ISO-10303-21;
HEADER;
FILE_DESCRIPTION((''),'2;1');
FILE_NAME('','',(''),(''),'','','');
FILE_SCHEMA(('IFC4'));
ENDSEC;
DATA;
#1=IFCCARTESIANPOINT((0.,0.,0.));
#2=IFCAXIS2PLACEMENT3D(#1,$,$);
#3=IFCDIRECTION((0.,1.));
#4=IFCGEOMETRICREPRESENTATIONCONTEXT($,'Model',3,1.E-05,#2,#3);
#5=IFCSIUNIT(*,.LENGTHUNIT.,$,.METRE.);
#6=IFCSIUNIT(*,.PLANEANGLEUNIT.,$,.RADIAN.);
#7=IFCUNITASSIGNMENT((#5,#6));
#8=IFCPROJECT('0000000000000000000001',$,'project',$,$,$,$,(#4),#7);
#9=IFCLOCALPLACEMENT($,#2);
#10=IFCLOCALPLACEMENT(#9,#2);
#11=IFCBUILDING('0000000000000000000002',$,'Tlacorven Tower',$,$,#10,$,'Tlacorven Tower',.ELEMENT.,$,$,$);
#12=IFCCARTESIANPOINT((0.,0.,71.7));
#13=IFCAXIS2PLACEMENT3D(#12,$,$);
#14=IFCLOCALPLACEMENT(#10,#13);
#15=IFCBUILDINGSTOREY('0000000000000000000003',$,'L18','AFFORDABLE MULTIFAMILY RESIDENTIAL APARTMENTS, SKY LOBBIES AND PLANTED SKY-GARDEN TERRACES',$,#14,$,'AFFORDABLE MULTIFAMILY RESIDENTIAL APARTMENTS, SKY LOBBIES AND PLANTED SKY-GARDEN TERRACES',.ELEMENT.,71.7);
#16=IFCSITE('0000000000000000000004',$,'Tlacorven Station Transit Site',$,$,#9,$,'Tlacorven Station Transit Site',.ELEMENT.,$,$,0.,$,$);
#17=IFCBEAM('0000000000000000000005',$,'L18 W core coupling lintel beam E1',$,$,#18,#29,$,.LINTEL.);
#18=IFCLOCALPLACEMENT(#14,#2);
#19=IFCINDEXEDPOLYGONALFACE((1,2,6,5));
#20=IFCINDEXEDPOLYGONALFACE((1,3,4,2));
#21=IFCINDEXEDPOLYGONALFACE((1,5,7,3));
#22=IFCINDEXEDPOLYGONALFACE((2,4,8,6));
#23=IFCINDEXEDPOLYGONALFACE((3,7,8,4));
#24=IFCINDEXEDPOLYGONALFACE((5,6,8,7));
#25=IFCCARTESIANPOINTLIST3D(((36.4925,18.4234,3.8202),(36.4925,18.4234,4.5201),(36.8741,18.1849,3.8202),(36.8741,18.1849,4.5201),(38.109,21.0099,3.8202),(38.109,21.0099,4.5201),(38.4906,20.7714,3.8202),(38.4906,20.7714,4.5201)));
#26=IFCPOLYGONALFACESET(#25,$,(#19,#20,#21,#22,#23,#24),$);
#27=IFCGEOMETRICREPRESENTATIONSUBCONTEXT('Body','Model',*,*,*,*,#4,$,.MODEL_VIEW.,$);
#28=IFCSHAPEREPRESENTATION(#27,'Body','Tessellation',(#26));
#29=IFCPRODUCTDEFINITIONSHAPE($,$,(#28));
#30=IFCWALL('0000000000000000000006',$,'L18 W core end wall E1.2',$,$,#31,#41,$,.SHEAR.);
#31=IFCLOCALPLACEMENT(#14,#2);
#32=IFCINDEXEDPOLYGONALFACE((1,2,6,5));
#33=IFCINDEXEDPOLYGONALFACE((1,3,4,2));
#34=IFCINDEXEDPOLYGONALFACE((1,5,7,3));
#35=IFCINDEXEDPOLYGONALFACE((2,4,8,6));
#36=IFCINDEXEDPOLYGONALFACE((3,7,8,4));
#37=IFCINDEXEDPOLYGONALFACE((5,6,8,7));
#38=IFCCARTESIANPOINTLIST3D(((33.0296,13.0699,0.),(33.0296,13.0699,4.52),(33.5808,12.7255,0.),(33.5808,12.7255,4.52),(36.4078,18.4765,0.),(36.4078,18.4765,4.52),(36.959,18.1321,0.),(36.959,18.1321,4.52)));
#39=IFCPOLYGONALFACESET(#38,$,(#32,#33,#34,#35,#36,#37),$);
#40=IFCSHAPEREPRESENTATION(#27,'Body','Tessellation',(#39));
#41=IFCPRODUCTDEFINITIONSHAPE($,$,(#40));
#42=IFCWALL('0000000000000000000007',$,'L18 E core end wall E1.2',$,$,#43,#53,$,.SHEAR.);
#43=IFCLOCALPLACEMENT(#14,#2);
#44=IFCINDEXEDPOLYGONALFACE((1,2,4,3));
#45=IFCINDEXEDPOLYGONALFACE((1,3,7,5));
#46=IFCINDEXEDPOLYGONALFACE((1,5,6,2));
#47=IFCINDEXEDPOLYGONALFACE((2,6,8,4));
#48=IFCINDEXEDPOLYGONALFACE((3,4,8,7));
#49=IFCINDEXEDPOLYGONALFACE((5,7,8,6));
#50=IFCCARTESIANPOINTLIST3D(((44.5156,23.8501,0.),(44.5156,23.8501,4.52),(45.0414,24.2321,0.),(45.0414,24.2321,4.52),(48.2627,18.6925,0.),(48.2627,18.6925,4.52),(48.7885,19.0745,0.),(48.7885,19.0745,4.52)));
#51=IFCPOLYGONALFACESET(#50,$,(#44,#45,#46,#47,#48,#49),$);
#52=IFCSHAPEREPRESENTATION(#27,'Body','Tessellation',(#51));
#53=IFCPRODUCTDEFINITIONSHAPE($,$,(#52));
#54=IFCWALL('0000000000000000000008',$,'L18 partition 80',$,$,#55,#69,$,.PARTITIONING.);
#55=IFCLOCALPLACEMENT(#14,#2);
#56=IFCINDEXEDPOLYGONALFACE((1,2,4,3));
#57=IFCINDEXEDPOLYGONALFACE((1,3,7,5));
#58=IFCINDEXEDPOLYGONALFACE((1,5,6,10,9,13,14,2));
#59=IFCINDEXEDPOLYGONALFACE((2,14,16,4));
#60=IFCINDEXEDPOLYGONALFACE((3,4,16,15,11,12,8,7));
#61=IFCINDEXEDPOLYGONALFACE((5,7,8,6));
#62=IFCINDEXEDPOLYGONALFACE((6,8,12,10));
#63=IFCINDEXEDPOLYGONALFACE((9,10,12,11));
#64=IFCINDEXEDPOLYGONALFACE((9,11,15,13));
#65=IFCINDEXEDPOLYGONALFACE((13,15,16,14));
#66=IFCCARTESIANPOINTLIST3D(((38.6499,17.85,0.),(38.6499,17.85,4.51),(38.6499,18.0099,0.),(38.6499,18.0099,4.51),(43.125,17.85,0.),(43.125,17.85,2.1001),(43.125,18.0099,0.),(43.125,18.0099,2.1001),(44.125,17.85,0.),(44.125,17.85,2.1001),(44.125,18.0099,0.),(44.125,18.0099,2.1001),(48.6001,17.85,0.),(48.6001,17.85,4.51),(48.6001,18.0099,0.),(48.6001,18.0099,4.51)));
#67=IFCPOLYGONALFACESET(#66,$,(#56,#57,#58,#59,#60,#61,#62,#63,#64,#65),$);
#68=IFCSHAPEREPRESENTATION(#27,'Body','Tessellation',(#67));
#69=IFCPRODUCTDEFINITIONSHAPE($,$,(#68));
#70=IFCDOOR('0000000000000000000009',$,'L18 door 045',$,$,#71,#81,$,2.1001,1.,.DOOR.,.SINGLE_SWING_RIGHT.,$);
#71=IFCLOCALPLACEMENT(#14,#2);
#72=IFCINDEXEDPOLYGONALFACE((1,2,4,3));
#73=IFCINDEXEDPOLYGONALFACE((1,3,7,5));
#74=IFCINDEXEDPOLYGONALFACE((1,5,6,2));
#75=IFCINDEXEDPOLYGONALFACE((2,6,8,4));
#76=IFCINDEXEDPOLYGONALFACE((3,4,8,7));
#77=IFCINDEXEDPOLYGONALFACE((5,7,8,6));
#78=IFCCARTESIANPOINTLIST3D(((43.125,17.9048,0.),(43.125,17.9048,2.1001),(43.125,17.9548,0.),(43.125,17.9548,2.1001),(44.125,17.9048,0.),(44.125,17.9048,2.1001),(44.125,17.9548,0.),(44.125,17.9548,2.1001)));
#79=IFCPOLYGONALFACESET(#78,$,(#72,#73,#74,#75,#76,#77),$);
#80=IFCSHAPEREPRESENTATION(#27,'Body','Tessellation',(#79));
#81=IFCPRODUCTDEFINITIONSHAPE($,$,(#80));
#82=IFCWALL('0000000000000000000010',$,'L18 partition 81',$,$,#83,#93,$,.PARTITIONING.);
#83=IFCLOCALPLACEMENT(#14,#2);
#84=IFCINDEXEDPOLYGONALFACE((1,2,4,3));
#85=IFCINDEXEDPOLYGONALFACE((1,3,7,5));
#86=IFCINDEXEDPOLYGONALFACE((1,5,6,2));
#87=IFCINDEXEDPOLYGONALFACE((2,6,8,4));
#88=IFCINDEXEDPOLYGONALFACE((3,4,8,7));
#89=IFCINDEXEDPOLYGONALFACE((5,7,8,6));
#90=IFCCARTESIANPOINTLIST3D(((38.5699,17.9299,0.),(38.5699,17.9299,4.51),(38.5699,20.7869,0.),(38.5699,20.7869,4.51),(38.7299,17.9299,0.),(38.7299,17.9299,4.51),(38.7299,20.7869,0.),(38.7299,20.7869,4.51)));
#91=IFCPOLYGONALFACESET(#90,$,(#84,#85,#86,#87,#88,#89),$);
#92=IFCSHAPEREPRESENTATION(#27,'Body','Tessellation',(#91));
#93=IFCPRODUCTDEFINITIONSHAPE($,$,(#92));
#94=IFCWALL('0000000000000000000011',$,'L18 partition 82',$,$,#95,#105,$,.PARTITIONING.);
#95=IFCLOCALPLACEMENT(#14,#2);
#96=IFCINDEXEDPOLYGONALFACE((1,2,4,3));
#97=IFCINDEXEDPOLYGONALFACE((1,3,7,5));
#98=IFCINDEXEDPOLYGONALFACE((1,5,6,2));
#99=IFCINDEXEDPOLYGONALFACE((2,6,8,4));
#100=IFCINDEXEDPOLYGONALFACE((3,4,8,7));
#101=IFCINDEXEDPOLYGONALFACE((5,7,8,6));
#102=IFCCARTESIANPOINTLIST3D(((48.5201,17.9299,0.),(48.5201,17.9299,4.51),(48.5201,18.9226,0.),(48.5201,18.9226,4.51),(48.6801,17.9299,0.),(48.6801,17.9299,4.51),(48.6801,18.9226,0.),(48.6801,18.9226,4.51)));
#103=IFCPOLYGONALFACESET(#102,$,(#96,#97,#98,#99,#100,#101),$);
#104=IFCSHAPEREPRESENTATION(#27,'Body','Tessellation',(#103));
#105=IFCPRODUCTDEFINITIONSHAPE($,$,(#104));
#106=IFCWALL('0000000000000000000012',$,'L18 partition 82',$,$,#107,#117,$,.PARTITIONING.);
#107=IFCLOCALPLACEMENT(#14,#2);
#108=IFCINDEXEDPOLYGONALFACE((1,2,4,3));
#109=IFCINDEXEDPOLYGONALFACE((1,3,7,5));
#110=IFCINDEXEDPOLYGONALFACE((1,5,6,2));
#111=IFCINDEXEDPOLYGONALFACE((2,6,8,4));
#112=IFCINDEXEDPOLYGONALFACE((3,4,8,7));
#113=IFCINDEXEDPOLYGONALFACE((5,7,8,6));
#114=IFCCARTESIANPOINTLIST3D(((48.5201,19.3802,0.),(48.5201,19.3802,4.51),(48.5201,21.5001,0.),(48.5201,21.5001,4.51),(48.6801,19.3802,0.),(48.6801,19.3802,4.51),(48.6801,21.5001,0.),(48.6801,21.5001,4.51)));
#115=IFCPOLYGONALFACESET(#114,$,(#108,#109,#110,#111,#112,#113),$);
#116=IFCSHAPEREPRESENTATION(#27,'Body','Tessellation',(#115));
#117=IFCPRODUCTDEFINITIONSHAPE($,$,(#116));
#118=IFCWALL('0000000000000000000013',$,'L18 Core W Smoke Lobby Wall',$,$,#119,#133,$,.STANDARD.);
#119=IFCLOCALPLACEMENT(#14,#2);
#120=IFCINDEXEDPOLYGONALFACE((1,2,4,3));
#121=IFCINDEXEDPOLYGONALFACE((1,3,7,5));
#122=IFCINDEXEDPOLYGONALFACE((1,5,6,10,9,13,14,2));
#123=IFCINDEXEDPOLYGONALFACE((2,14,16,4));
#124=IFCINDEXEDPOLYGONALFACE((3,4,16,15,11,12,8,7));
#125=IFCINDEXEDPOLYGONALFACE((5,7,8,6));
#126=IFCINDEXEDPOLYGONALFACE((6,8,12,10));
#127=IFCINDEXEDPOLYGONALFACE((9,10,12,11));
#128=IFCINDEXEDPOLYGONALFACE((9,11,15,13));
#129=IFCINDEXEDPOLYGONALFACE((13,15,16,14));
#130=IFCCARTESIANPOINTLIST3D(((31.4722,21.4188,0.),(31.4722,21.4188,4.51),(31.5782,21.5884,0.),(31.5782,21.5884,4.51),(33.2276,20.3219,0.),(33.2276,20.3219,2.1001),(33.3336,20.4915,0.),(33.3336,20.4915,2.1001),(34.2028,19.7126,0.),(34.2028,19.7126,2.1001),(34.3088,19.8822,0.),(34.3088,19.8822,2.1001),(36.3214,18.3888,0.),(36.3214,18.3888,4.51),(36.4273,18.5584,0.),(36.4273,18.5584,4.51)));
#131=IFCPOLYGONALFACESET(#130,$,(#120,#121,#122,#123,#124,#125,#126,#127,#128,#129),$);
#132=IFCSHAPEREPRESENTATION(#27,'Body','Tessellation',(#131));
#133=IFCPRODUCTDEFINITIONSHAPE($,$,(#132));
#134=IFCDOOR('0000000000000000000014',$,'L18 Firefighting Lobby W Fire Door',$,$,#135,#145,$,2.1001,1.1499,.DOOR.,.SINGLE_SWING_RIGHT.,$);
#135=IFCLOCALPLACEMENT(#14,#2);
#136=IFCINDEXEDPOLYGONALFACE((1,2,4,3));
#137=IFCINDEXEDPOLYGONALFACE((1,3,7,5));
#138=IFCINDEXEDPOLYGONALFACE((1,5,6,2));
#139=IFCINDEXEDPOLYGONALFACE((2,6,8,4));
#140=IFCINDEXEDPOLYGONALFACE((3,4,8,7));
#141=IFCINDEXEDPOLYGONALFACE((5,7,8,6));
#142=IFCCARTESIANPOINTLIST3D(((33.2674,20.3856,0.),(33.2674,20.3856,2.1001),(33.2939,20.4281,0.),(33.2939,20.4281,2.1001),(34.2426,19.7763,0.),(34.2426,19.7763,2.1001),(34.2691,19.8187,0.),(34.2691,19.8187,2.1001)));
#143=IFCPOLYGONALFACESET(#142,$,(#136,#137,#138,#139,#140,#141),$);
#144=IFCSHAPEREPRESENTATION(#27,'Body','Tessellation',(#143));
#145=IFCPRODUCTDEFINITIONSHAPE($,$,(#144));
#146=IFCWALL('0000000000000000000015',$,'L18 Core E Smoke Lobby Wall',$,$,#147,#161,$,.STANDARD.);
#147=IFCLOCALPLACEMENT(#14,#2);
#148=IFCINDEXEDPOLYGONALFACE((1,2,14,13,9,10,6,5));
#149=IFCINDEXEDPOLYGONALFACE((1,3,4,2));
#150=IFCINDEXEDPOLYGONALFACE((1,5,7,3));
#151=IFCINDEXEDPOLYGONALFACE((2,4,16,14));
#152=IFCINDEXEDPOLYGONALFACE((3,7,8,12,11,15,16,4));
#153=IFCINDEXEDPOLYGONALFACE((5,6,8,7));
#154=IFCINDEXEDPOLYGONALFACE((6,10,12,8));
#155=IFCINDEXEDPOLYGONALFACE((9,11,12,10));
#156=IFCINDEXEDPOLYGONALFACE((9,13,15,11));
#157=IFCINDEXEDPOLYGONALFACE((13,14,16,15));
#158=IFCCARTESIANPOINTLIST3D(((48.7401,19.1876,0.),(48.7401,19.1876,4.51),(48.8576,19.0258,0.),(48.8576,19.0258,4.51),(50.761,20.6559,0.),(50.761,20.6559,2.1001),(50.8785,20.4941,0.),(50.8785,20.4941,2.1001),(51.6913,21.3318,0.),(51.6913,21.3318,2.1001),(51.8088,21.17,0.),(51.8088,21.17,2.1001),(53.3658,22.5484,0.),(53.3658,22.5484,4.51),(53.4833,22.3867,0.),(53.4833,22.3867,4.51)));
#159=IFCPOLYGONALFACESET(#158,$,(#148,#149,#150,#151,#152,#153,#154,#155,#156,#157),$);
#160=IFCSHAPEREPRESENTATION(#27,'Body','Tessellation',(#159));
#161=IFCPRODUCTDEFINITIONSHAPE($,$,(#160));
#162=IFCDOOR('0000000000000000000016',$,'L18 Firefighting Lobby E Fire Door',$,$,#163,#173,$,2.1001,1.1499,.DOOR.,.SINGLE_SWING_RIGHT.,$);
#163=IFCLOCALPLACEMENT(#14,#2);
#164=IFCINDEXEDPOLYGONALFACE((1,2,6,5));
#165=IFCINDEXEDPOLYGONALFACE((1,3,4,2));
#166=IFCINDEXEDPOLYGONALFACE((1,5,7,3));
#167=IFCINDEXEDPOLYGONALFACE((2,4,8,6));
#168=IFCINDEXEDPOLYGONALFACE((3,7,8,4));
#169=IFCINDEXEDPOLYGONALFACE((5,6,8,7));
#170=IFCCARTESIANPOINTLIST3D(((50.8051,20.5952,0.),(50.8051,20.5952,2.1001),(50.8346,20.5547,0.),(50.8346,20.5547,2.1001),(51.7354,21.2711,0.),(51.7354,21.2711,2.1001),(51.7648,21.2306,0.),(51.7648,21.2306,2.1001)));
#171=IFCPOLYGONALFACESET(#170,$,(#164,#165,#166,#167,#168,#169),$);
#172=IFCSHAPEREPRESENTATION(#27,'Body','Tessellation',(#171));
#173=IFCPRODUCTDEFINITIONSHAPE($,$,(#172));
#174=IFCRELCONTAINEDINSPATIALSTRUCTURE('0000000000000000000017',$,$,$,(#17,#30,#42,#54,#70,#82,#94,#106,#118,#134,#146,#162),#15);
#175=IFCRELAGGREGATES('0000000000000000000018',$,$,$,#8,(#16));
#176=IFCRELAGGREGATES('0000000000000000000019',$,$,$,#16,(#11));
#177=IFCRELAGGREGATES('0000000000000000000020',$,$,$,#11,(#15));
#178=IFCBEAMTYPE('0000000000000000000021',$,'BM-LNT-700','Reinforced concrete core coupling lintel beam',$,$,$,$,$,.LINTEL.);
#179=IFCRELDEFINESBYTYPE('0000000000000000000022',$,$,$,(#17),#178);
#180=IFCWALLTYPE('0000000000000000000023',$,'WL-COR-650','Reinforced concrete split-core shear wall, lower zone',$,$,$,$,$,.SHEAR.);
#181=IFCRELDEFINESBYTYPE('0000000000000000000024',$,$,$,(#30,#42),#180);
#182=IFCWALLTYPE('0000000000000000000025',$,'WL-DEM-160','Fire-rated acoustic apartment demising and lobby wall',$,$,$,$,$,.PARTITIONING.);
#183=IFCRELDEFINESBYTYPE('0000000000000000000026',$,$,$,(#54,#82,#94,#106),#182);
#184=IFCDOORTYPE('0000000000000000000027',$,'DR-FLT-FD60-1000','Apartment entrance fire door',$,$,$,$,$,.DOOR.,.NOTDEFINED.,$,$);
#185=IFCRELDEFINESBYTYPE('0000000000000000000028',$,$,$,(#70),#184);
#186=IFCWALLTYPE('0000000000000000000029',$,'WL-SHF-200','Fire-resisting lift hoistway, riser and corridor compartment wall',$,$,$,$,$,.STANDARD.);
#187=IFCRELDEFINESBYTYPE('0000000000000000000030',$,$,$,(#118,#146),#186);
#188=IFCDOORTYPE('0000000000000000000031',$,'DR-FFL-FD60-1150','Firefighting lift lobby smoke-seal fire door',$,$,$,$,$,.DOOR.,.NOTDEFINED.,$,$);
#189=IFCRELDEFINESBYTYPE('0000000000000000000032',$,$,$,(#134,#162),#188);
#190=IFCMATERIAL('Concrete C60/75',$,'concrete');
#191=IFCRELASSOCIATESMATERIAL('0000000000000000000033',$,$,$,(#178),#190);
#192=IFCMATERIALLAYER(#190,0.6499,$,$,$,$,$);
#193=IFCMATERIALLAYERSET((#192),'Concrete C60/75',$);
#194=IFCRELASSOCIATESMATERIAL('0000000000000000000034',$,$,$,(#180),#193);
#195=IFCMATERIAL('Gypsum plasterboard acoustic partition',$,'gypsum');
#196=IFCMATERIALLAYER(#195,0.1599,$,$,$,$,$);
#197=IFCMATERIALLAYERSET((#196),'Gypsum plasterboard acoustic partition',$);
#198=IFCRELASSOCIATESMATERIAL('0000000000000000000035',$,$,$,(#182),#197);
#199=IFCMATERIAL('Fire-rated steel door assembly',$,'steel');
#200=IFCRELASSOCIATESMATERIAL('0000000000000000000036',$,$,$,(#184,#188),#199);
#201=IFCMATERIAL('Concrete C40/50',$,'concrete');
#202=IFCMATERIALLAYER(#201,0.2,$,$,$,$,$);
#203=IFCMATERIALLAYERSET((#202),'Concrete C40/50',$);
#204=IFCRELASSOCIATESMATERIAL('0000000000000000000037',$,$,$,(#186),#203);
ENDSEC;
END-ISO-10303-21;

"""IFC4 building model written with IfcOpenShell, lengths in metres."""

from ifc_helpers import new_model, si_unit, direction, frame, frame_2d, origin, origin_2d, place, context, subcontext, project, spatial, rectangle, extrude, source, transform, mapped, material, layer, layer_set, material_profile, profile_set, type_object, element, fill, save


model = new_model("IFC4")

# Units and contexts
model_context = context("Model", 3, precision=1e-05, world=origin(), true_north=direction((0.0, 1.0)))
body_context = subcontext(model_context, "Body", "Model", "MODEL_VIEW")
ifc_project = project(units=[si_unit("LENGTHUNIT", "METRE"), si_unit("PLANEANGLEUNIT", "RADIAN")], contexts=[model_context])

# Site, building, storey
site_placement = place(None, origin())
site = spatial("IfcSite", under=ifc_project, at=site_placement, Name="Tlacorven Station Transit Site", LongName="Tlacorven Station Transit Site", CompositionType="ELEMENT", RefElevation=0.0)
building_placement = place(site_placement, origin())
building = spatial("IfcBuilding", under=site, at=building_placement, Name="Tlacorven Tower", LongName="Tlacorven Tower", CompositionType="ELEMENT")
storey_placement = place(building_placement, frame((0.0, 0.0, 71.7)))
storey = spatial("IfcBuildingStorey", under=building, at=storey_placement, Name="L18", Description="AFFORDABLE MULTIFAMILY RESIDENTIAL APARTMENTS, SKY LOBBIES AND PLANTED SKY-GARDEN TERRACES", LongName="AFFORDABLE MULTIFAMILY RESIDENTIAL APARTMENTS, SKY LOBBIES AND PLANTED SKY-GARDEN TERRACES", CompositionType="ELEMENT", Elevation=71.7)

# Beam
ifc_material_1 = material(Name="Concrete C60/75", Category="concrete")
ifc_material_profile = material_profile(ifc_material_1, rectangle(XDim=0.45, YDim=0.7, at=origin_2d()), Name="RC 450X700")
ifc_profile_set = profile_set([ifc_material_profile], Name="Concrete C60/75")
beam_type = type_object("IfcBeamType", Name="BM-LNT-700", Description="Reinforced concrete core coupling lintel beam", PredefinedType="LINTEL", material=ifc_profile_set)
shared_shape_1 = source(origin(), body_context, "Body", "SweptSolid", [
    extrude(rectangle(XDim=0.45, YDim=0.7, at=origin_2d()), origin(), (0.0, 0.0, 1.0), 3.05),
])
beam_placement = place(storey_placement, frame((38.2998, 20.8906, 4.1702), z_axis=(-0.529985, -0.848007, 0.0), x_axis=(0.848007, -0.529985, 0.0)))
element("IfcBeam", 1, at=beam_placement, inside=storey, type_object=beam_type, Name="L18 W core coupling lintel beam E1", PredefinedType="LINTEL", context=body_context, shape_type="MappedRepresentation", body=[
    mapped(shared_shape_1, transform((0.0, 0.0, 0.0), scale=1.0)),
])

# Walls
ifc_layer_1 = layer(ifc_material_1, 0.6499)
ifc_layer_set_1 = layer_set([ifc_layer_1], Name="Concrete C60/75")
wall_type_1 = type_object("IfcWallType", Name="WL-COR-650", Description="Reinforced concrete split-core shear wall, lower zone", PredefinedType="SHEAR", material=ifc_layer_set_1)
wall_1_placement = place(storey_placement, frame((36.6833, 18.3042, 0.0), z_axis=(0.0, 0.0, 1.0), x_axis=(-0.529899, -0.848061, 0.0)))
element("IfcWall", 2, at=wall_1_placement, inside=storey, type_object=wall_type_1, Name="L18 W core end wall E1.2", PredefinedType="SHEAR", context=body_context, shape_type="SweptSolid", body=[
    extrude(rectangle(XDim=6.3752, YDim=0.6499, at=frame_2d((3.1875, 0.0))), origin(), (0.0, 0.0, 1.0), 4.52),
])
wall_2_placement = place(storey_placement, frame((48.5256, 18.8835, 0.0), z_axis=(0.0, 0.0, 1.0), x_axis=(-0.58778, 0.809021, 0.0)))
element("IfcWall", 3, at=wall_2_placement, inside=storey, type_object=wall_type_1, Name="L18 E core end wall E1.2", PredefinedType="SHEAR", context=body_context, shape_type="SweptSolid", body=[
    extrude(rectangle(XDim=6.375, YDim=0.6499, at=frame_2d((3.1875, 0.0))), origin(), (0.0, 0.0, 1.0), 4.52),
])

# Wall, opening, door
ifc_material_2 = material(Name="Gypsum plasterboard acoustic partition", Category="gypsum")
ifc_layer_2 = layer(ifc_material_2, 0.1599)
ifc_layer_set_2 = layer_set([ifc_layer_2], Name="Gypsum plasterboard acoustic partition")
wall_type_2 = type_object("IfcWallType", Name="WL-DEM-160", Description="Fire-rated acoustic apartment demising and lobby wall", PredefinedType="PARTITIONING", material=ifc_layer_set_2)
wall_3_placement = place(storey_placement, frame((38.6499, 17.9299, 0.0), z_axis=(0.0, 0.0, 1.0), x_axis=(1.0, 0.0, 0.0)))
wall_3 = element("IfcWall", 4, at=wall_3_placement, inside=storey, type_object=wall_type_2, Name="L18 partition 80", PredefinedType="PARTITIONING", context=body_context, shape_type="SweptSolid", body=[
    extrude(rectangle(XDim=9.9502, YDim=0.1599, at=frame_2d((4.9751, 0.0))), origin(), (0.0, 0.0, 1.0), 4.51),
])
opening_1_placement = place(wall_3_placement, frame((4.4751, 0.0, 0.0)))
opening_1 = element("IfcOpeningElement", 5, at=opening_1_placement, cuts=wall_3, PredefinedType="OPENING", context=body_context, shape_type="SweptSolid", body=[
    extrude(rectangle(XDim=1.0, YDim=2.1001, at=frame_2d((0.5, 1.05))), frame((0.0, 0.0898, 0.0), z_axis=(0.0, -1.0, 0.0), x_axis=(1.0, 0.0, 0.0)), (0.0, 0.0, 1.0), 0.1799),
])
ifc_material_3 = material(Name="Fire-rated steel door assembly", Category="steel")
door_type_1 = type_object("IfcDoorType", Name="DR-FLT-FD60-1000", Description="Apartment entrance fire door", OperationType="NOTDEFINED", PredefinedType="DOOR", material=ifc_material_3)
shared_shape_2 = source(origin(), body_context, "Body", "SweptSolid", [
    extrude(rectangle(XDim=1.0, YDim=2.1001, at=frame_2d((0.5, 1.05))), frame((0.0, 0.0249, 0.0), z_axis=(0.0, -1.0, 0.0), x_axis=(1.0, 0.0, 0.0)), (0.0, 0.0, 1.0), 0.05),
])
door_1_placement = place(opening_1_placement, origin())
door_1 = element("IfcDoor", 6, at=door_1_placement, inside=storey, type_object=door_type_1, Name="L18 door 045", OperationType="SINGLE_SWING_RIGHT", OverallHeight=2.1001, OverallWidth=1.0, PredefinedType="DOOR", context=body_context, shape_type="MappedRepresentation", body=[
    mapped(shared_shape_2, transform((0.0, 0.0, 0.0), scale=1.0)),
])
fill(opening_1, door_1)

# Walls
wall_4_placement = place(storey_placement, frame((38.6499, 17.9299, 0.0), z_axis=(0.0, 0.0, 1.0), x_axis=(0.0, 1.0, 0.0)))
element("IfcWall", 7, at=wall_4_placement, inside=storey, type_object=wall_type_2, Name="L18 partition 81", PredefinedType="PARTITIONING", context=body_context, shape_type="SweptSolid", body=[
    extrude(rectangle(XDim=2.8569, YDim=0.1599, at=frame_2d((1.4285, 0.0))), origin(), (0.0, 0.0, 1.0), 4.51),
])
wall_5_placement = place(storey_placement, frame((48.6001, 17.9299, 0.0), z_axis=(0.0, 0.0, 1.0), x_axis=(0.0, 1.0, 0.0)))
element("IfcWall", 8, at=wall_5_placement, inside=storey, type_object=wall_type_2, Name="L18 partition 82", PredefinedType="PARTITIONING", context=body_context, shape_type="SweptSolid", body=[
    extrude(rectangle(XDim=0.9927, YDim=0.1599, at=frame_2d((0.4963, 0.0))), origin(), (0.0, 0.0, 1.0), 4.51),
])
wall_6_placement = place(storey_placement, frame((48.6001, 19.3801, 0.0), z_axis=(0.0, 0.0, 1.0), x_axis=(0.0, 1.0, 0.0)))
element("IfcWall", 9, at=wall_6_placement, inside=storey, type_object=wall_type_2, Name="L18 partition 82", PredefinedType="PARTITIONING", context=body_context, shape_type="SweptSolid", body=[
    extrude(rectangle(XDim=2.1199, YDim=0.1599, at=frame_2d((1.0601, 0.0))), origin(), (0.0, 0.0, 1.0), 4.51),
])

# Walls, openings, doors
ifc_material_4 = material(Name="Concrete C40/50", Category="concrete")
ifc_layer_3 = layer(ifc_material_4, 0.2)
ifc_layer_set_3 = layer_set([ifc_layer_3], Name="Concrete C40/50")
wall_type_3 = type_object("IfcWallType", Name="WL-SHF-200", Description="Fire-resisting lift hoistway, riser and corridor compartment wall", PredefinedType="STANDARD", material=ifc_layer_set_3)
wall_7_placement = place(storey_placement, frame((36.3743, 18.4736, 0.0), z_axis=(0.0, 0.0, 1.0), x_axis=(-0.848051, 0.529915, 0.0)))
wall_7 = element("IfcWall", 10, at=wall_7_placement, inside=storey, type_object=wall_type_3, Name="L18 Core W Smoke Lobby Wall", PredefinedType="STANDARD", context=body_context, shape_type="SweptSolid", body=[
    extrude(rectangle(XDim=5.718, YDim=0.2, at=frame_2d((2.8589, 0.0))), origin(), (0.0, 0.0, 1.0), 4.51),
])
opening_2_placement = place(wall_7_placement, frame((2.498, 0.0, 0.0)))
opening_2 = element("IfcOpeningElement", 11, at=opening_2_placement, cuts=wall_7, PredefinedType="OPENING", context=body_context, shape_type="SweptSolid", body=[
    extrude(rectangle(XDim=1.1499, YDim=2.1001, at=frame_2d((0.575, 1.05))), frame((0.0, 0.1099, 0.0), z_axis=(0.0, -1.0, 0.0), x_axis=(1.0, 0.0, 0.0)), (0.0, 0.0, 1.0), 0.22),
])
door_type_2 = type_object("IfcDoorType", Name="DR-FFL-FD60-1150", Description="Firefighting lift lobby smoke-seal fire door", OperationType="NOTDEFINED", PredefinedType="DOOR", material=ifc_material_3)
shared_shape_3 = source(origin(), body_context, "Body", "SweptSolid", [
    extrude(rectangle(XDim=1.1499, YDim=2.1001, at=frame_2d((0.575, 1.05))), frame((0.0, 0.0249, 0.0), z_axis=(0.0, -1.0, 0.0), x_axis=(1.0, 0.0, 0.0)), (0.0, 0.0, 1.0), 0.05),
])
door_2_placement = place(opening_2_placement, origin())
door_2 = element("IfcDoor", 12, at=door_2_placement, inside=storey, type_object=door_type_2, Name="L18 Firefighting Lobby W Fire Door", OperationType="SINGLE_SWING_RIGHT", OverallHeight=2.1001, OverallWidth=1.1499, PredefinedType="DOOR", context=body_context, shape_type="MappedRepresentation", body=[
    mapped(shared_shape_3, transform((0.0, 0.0, 0.0), scale=1.0)),
])
fill(opening_2, door_2)
wall_8_placement = place(storey_placement, frame((48.7988, 19.1067, 0.0), z_axis=(0.0, 0.0, 1.0), x_axis=(0.809013, 0.587791, 0.0)))
wall_8 = element("IfcWall", 13, at=wall_8_placement, inside=storey, type_object=wall_type_3, Name="L18 Core E Smoke Lobby Wall", PredefinedType="STANDARD", context=body_context, shape_type="SweptSolid", body=[
    extrude(rectangle(XDim=5.7178, YDim=0.2, at=frame_2d((2.8589, 0.0))), origin(), (0.0, 0.0, 1.0), 4.51),
])
opening_3_placement = place(wall_8_placement, frame((2.498, 0.0, 0.0)))
opening_3 = element("IfcOpeningElement", 14, at=opening_3_placement, cuts=wall_8, PredefinedType="OPENING", context=body_context, shape_type="SweptSolid", body=[
    extrude(rectangle(XDim=1.1499, YDim=2.1001, at=frame_2d((0.575, 1.05))), frame((0.0, 0.1099, 0.0), z_axis=(0.0, -1.0, 0.0), x_axis=(1.0, 0.0, 0.0)), (0.0, 0.0, 1.0), 0.22),
])
door_3_placement = place(opening_3_placement, origin())
door_3 = element("IfcDoor", 15, at=door_3_placement, inside=storey, type_object=door_type_2, Name="L18 Firefighting Lobby E Fire Door", OperationType="SINGLE_SWING_RIGHT", OverallHeight=2.1001, OverallWidth=1.1499, PredefinedType="DOOR", context=body_context, shape_type="MappedRepresentation", body=[
    mapped(shared_shape_3, transform((0.0, 0.0, 0.0), scale=1.0)),
])
fill(opening_3, door_3)

save(model, "model.ifc")
